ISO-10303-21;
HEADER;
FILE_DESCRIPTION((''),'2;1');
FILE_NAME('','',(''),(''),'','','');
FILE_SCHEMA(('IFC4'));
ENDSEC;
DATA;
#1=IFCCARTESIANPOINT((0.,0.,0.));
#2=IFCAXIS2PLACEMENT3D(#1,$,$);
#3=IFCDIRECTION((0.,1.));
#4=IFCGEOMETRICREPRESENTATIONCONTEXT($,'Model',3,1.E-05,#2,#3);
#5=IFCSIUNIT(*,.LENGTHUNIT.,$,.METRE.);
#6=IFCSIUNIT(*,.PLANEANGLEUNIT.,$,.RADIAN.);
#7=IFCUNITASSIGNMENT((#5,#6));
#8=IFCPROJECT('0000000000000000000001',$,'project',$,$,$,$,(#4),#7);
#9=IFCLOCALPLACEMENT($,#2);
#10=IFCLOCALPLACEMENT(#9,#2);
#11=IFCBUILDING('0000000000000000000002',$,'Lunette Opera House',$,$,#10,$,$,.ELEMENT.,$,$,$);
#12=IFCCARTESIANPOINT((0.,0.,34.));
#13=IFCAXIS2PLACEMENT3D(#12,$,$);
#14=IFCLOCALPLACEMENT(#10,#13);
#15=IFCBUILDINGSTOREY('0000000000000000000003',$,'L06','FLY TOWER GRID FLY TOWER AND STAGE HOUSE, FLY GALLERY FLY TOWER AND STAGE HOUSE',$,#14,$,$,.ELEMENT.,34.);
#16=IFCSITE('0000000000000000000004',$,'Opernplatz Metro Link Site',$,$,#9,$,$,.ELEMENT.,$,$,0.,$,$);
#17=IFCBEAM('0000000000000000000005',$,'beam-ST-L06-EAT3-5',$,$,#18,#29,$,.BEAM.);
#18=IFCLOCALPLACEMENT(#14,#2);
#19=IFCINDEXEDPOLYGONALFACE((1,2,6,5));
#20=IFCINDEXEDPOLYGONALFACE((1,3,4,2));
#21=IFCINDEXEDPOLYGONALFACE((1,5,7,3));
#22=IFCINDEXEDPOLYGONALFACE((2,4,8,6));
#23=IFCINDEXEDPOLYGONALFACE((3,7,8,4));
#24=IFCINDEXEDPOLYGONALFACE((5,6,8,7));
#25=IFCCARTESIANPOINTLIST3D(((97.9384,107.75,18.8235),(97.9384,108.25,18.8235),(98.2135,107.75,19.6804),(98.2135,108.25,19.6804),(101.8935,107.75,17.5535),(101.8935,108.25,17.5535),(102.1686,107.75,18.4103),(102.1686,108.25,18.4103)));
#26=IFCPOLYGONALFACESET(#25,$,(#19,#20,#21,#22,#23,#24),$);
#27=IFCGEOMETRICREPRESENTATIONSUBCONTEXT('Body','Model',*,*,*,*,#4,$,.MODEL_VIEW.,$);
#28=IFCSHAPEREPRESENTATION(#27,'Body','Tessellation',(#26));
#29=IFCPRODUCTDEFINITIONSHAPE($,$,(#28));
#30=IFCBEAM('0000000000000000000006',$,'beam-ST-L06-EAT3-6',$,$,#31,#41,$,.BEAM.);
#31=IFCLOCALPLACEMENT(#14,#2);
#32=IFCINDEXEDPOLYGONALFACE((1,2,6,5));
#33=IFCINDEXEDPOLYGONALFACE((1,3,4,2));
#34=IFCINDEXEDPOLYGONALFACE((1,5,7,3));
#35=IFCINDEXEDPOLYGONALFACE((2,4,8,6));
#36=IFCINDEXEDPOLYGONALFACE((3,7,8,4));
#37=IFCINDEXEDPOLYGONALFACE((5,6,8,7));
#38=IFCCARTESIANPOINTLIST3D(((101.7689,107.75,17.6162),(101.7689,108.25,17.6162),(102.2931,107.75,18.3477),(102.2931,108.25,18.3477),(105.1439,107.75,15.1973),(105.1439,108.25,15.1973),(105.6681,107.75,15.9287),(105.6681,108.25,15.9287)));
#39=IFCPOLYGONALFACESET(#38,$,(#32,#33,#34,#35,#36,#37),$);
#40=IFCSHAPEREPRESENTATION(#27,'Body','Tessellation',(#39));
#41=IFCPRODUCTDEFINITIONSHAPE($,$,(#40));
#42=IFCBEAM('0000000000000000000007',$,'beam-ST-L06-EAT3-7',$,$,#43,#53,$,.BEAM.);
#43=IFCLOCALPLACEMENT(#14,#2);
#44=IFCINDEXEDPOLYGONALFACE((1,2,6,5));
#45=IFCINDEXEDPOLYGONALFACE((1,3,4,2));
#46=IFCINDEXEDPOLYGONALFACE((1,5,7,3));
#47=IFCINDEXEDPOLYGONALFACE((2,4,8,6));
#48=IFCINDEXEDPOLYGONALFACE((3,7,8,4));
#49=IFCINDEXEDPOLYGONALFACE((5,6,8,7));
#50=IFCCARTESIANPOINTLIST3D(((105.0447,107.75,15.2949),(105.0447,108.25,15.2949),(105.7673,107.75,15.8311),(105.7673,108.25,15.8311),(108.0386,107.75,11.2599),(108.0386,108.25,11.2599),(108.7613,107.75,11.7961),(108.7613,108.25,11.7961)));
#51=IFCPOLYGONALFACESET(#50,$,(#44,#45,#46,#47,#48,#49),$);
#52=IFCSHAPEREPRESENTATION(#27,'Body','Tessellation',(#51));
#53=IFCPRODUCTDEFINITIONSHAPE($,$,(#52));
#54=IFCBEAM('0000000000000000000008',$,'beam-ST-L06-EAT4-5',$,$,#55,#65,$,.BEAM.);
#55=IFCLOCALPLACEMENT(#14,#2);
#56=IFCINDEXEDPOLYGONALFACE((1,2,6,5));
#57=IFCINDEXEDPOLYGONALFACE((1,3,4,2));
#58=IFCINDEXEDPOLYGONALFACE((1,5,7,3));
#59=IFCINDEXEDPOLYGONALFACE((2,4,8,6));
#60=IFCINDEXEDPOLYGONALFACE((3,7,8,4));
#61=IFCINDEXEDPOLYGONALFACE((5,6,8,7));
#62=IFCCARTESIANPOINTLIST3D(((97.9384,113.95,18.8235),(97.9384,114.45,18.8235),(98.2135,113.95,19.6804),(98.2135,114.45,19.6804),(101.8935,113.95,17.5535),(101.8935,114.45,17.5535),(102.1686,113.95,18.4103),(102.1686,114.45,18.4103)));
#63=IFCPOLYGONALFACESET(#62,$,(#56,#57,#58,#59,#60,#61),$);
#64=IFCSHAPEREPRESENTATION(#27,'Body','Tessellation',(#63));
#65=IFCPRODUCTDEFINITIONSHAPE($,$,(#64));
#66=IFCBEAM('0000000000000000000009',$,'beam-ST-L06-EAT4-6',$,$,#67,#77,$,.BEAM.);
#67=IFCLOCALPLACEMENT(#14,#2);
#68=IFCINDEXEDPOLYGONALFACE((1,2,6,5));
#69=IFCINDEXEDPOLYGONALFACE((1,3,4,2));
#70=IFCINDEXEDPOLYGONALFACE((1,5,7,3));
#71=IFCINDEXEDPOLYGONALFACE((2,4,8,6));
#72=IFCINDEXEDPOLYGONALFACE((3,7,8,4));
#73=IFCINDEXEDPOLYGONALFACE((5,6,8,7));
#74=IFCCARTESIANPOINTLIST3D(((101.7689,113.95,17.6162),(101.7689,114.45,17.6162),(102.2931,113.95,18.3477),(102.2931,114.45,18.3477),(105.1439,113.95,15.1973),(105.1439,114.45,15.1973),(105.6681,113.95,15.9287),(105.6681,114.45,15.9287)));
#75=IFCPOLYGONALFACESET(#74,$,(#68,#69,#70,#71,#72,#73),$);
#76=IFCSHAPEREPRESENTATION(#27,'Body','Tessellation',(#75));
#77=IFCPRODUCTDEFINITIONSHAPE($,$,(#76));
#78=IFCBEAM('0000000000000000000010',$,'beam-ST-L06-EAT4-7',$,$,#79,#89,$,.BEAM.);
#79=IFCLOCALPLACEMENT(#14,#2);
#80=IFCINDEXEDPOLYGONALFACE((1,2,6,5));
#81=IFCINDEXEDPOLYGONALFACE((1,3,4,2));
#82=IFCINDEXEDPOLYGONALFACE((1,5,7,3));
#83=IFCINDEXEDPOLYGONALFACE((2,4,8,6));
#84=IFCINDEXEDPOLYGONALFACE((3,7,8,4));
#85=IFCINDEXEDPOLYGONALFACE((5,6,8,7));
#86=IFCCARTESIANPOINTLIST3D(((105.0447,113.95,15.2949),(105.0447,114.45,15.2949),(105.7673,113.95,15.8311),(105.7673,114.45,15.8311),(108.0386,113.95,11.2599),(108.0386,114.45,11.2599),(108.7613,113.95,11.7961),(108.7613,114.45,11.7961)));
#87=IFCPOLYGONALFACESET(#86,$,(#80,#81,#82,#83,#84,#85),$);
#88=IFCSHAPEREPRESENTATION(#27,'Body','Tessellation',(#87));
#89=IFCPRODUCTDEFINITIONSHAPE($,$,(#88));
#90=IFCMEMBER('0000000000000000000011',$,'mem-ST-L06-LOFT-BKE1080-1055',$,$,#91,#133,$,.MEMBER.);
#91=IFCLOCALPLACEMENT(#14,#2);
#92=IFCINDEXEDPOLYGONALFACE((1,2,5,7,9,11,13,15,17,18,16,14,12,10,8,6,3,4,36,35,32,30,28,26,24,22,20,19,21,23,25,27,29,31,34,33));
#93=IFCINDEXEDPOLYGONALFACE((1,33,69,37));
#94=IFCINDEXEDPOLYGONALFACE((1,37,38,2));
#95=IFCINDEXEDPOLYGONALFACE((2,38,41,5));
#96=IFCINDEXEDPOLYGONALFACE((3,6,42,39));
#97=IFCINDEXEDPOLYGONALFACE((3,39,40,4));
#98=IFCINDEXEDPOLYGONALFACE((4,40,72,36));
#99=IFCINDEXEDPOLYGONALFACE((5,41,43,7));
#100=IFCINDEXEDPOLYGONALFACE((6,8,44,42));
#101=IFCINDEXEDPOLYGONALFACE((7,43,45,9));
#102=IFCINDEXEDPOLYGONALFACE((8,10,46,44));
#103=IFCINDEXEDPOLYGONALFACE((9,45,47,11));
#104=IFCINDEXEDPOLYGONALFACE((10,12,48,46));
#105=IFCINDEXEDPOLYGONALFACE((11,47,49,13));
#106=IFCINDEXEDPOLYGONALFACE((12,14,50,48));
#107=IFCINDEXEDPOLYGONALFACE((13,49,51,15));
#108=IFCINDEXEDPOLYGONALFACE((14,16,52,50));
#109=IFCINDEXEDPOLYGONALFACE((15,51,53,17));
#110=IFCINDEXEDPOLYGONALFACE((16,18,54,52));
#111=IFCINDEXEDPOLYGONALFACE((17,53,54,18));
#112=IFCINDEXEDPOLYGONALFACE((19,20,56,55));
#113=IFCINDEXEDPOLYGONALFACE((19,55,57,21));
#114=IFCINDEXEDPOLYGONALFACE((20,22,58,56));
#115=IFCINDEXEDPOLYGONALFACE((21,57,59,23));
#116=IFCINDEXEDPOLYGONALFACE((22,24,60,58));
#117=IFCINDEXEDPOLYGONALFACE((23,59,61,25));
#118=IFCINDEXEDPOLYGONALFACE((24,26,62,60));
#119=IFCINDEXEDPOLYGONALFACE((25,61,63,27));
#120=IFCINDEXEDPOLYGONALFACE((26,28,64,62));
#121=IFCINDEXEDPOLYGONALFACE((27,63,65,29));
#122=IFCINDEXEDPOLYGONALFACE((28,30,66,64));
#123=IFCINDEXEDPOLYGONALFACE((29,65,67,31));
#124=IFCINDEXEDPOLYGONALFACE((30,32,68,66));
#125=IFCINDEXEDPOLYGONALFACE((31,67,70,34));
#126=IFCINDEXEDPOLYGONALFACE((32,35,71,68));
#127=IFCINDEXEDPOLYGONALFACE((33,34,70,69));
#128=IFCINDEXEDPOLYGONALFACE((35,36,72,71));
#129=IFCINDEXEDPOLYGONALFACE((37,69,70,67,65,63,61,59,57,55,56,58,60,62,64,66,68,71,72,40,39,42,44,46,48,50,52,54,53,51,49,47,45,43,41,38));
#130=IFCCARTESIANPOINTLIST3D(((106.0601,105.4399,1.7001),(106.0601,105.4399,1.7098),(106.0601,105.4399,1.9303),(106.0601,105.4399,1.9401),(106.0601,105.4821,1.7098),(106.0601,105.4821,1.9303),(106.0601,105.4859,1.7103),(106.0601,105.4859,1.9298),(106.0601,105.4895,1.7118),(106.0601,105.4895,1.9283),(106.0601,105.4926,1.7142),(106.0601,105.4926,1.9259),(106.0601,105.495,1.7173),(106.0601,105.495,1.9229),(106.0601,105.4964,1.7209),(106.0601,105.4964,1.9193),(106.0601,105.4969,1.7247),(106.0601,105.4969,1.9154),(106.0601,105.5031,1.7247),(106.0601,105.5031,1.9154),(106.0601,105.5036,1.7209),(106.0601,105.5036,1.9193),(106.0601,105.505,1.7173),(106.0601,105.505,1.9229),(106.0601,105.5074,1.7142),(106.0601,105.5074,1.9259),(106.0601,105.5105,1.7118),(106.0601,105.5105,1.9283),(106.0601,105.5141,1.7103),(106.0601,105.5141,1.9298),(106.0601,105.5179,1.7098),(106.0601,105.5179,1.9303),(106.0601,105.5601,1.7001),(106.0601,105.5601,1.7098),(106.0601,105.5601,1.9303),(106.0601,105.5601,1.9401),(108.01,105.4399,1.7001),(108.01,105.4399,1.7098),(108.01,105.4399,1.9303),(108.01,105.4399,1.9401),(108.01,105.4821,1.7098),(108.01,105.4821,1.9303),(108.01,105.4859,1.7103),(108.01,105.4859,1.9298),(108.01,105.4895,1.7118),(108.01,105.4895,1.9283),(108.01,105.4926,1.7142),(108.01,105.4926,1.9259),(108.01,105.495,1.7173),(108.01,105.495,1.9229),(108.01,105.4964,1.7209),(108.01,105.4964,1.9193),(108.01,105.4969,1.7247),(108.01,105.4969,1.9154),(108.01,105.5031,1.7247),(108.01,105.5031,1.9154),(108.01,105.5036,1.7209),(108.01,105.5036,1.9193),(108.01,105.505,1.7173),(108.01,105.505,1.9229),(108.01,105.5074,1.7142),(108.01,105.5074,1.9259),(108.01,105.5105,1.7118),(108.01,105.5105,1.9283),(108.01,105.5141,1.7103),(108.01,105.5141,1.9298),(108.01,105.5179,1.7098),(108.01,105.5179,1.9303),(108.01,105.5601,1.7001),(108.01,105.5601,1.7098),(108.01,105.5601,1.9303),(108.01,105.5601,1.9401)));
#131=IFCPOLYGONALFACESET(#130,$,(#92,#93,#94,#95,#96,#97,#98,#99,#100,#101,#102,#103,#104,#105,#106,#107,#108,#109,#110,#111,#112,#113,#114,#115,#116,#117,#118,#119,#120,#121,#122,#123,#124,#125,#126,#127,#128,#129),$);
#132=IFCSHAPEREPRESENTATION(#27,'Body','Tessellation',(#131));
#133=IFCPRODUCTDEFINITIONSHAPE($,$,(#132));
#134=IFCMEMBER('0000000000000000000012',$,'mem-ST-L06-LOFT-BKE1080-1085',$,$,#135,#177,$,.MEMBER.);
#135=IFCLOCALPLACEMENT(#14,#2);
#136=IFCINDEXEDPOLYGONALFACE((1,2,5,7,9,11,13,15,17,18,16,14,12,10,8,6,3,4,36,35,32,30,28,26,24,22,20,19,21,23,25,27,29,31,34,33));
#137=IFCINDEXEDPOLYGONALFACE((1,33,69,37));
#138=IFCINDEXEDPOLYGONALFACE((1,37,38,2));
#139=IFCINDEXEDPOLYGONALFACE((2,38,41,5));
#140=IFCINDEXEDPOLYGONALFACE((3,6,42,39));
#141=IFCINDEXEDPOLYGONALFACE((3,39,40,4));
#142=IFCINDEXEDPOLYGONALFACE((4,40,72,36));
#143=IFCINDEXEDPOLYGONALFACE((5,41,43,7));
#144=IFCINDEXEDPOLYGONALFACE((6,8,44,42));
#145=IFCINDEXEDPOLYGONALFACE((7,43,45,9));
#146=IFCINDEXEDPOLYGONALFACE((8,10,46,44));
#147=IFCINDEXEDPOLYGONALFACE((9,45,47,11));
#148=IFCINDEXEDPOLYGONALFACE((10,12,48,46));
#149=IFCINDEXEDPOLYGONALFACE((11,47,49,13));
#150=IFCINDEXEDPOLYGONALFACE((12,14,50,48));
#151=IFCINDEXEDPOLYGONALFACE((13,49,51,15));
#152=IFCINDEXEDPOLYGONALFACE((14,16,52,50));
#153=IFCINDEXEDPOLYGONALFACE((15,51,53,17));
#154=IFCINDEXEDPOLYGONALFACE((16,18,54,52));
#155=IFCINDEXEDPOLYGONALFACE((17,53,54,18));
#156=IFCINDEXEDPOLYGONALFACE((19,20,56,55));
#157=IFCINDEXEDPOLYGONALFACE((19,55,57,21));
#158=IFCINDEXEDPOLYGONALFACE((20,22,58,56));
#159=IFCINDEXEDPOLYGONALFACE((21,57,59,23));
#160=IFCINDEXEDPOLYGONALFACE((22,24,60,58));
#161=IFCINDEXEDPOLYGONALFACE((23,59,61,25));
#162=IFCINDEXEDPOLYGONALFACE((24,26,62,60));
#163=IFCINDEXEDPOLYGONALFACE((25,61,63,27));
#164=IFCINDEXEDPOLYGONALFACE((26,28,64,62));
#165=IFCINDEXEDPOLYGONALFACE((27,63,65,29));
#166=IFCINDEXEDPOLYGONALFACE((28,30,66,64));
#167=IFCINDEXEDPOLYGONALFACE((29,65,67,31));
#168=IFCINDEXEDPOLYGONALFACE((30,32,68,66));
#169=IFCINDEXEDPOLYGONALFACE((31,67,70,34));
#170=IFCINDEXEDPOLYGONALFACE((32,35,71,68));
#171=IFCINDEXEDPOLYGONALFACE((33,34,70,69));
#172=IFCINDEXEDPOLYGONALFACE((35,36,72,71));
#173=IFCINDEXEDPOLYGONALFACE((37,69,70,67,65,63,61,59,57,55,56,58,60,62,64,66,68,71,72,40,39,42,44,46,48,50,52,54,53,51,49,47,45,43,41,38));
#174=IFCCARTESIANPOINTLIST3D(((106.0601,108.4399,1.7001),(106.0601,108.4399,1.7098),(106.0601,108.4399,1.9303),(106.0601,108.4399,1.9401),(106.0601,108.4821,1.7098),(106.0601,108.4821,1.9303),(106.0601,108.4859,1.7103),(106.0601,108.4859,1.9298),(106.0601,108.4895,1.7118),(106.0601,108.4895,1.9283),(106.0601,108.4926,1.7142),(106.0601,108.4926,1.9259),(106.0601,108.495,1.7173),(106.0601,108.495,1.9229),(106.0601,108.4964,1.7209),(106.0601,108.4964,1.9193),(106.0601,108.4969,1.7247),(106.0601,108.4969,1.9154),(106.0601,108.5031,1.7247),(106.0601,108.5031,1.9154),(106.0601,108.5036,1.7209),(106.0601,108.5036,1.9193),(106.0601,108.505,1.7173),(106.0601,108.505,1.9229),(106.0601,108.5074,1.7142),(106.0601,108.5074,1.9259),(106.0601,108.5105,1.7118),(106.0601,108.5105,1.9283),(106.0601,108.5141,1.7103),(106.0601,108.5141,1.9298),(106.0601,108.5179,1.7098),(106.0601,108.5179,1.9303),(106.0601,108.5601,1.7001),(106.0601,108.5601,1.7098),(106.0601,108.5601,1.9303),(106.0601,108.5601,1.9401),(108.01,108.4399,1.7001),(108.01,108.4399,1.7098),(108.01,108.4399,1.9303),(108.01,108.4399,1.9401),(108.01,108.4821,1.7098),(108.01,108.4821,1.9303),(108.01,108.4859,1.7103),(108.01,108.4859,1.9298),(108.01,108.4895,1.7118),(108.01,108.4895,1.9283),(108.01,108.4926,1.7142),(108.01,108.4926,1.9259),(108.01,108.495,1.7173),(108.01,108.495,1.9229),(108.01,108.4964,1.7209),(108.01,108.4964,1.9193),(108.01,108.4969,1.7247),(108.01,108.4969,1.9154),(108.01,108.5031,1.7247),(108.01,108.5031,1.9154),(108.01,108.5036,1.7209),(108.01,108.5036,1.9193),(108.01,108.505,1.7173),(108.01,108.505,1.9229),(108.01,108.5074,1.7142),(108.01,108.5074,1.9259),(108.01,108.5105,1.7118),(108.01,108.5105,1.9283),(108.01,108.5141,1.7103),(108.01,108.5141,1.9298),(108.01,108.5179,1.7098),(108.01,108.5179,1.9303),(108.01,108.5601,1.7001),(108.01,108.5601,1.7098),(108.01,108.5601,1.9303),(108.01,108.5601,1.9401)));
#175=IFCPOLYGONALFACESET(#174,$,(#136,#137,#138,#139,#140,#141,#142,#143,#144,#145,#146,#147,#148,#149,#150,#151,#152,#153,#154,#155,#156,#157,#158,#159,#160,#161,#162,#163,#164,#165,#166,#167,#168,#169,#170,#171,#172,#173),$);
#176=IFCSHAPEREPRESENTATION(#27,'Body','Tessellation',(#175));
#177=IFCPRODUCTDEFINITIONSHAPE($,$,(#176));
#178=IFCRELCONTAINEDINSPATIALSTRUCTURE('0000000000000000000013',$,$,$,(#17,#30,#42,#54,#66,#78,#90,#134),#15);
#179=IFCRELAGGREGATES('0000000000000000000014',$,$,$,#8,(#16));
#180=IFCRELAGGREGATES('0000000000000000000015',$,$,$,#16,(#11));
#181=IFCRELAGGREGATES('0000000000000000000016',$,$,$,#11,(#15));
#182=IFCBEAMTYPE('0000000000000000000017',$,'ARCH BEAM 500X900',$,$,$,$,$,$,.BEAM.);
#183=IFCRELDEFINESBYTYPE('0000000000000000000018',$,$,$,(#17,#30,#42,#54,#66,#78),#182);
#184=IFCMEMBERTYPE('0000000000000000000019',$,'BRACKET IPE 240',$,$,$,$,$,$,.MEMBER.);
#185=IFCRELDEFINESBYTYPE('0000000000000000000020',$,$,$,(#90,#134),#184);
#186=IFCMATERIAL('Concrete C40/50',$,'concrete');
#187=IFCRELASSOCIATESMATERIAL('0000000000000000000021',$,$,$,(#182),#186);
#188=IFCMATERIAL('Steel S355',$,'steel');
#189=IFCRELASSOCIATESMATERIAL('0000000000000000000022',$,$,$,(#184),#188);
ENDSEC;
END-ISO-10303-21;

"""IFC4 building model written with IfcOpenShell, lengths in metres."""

from ifc_helpers import new_model, si_unit, direction, frame, origin, origin_2d, place, context, subcontext, project, spatial, rectangle, i_section, extrude, material, material_profile, profile_set, type_object, element, save


model = new_model("IFC4")

# Units and contexts
model_context = context("Model", 3, precision=1e-05, world=origin(), true_north=direction((0.0, 1.0)))
body_context = subcontext(model_context, "Body", "Model", "MODEL_VIEW")
ifc_project = project(units=[si_unit("LENGTHUNIT", "METRE"), si_unit("PLANEANGLEUNIT", "RADIAN")], contexts=[model_context])

# Site, building, storey
site_placement = place(None, origin())
site = spatial("IfcSite", under=ifc_project, at=site_placement, Name="Opernplatz Metro Link Site", CompositionType="ELEMENT", RefElevation=0.0)
building_placement = place(site_placement, origin())
building = spatial("IfcBuilding", under=site, at=building_placement, Name="Lunette Opera House", CompositionType="ELEMENT")
storey_placement = place(building_placement, frame((0.0, 0.0, 34.0)))
storey = spatial("IfcBuildingStorey", under=building, at=storey_placement, Name="L06", Description="FLY TOWER GRID FLY TOWER AND STAGE HOUSE, FLY GALLERY FLY TOWER AND STAGE HOUSE", CompositionType="ELEMENT", Elevation=34.0)

# Beams
ifc_material_1 = material(Name="Concrete C40/50", Category="concrete")
ifc_material_profile_1 = material_profile(ifc_material_1, rectangle(XDim=0.5, YDim=0.8999, at=origin_2d()), Name="ARCH BEAM 500X900")
ifc_profile_set_1 = profile_set([ifc_material_profile_1], Name="Concrete C40/50")
beam_type = type_object("IfcBeamType", Name="ARCH BEAM 500X900", PredefinedType="BEAM", material=ifc_profile_set_1)
beam_1_placement = place(storey_placement, frame((98.0759, 108.0, 19.252), z_axis=(0.952117, 0.0, -0.305735), x_axis=(0.0, 1.0, 0.0)))
element("IfcBeam", 1, at=beam_1_placement, inside=storey, type_object=beam_type, Name="beam-ST-L06-EAT3-5", PredefinedType="BEAM", context=body_context, shape_type="SweptSolid", body=[
    extrude(rectangle(XDim=0.5, YDim=0.8999, at=origin_2d()), origin(), (0.0, 0.0, 1.0), 4.1541),
])
beam_2_placement = place(storey_placement, frame((102.031, 108.0, 17.9819), z_axis=(0.812795, 0.0, -0.58255), x_axis=(0.0, 1.0, 0.0)))
element("IfcBeam", 2, at=beam_2_placement, inside=storey, type_object=beam_type, Name="beam-ST-L06-EAT3-6", PredefinedType="BEAM", context=body_context, shape_type="SweptSolid", body=[
    extrude(rectangle(XDim=0.5, YDim=0.8999, at=origin_2d()), origin(), (0.0, 0.0, 1.0), 4.1523),
])
beam_3_placement = place(storey_placement, frame((105.406, 108.0, 15.563), z_axis=(0.595879, 0.0, -0.803074), x_axis=(0.0, 1.0, 0.0)))
element("IfcBeam", 3, at=beam_3_placement, inside=storey, type_object=beam_type, Name="beam-ST-L06-EAT3-7", PredefinedType="BEAM", context=body_context, shape_type="SweptSolid", body=[
    extrude(rectangle(XDim=0.5, YDim=0.8999, at=origin_2d()), origin(), (0.0, 0.0, 1.0), 5.0244),
])
beam_4_placement = place(storey_placement, frame((98.0759, 114.2, 19.252), z_axis=(0.952117, 0.0, -0.305735), x_axis=(0.0, 1.0, 0.0)))
element("IfcBeam", 4, at=beam_4_placement, inside=storey, type_object=beam_type, Name="beam-ST-L06-EAT4-5", PredefinedType="BEAM", context=body_context, shape_type="SweptSolid", body=[
    extrude(rectangle(XDim=0.5, YDim=0.8999, at=origin_2d()), origin(), (0.0, 0.0, 1.0), 4.1541),
])
beam_5_placement = place(storey_placement, frame((102.031, 114.2, 17.9819), z_axis=(0.812795, 0.0, -0.58255), x_axis=(0.0, 1.0, 0.0)))
element("IfcBeam", 5, at=beam_5_placement, inside=storey, type_object=beam_type, Name="beam-ST-L06-EAT4-6", PredefinedType="BEAM", context=body_context, shape_type="SweptSolid", body=[
    extrude(rectangle(XDim=0.5, YDim=0.8999, at=origin_2d()), origin(), (0.0, 0.0, 1.0), 4.1523),
])
beam_6_placement = place(storey_placement, frame((105.406, 114.2, 15.563), z_axis=(0.595879, 0.0, -0.803074), x_axis=(0.0, 1.0, 0.0)))
element("IfcBeam", 6, at=beam_6_placement, inside=storey, type_object=beam_type, Name="beam-ST-L06-EAT4-7", PredefinedType="BEAM", context=body_context, shape_type="SweptSolid", body=[
    extrude(rectangle(XDim=0.5, YDim=0.8999, at=origin_2d()), origin(), (0.0, 0.0, 1.0), 5.0244),
])

# Members
ifc_material_2 = material(Name="Steel S355", Category="steel")
ifc_material_profile_2 = material_profile(ifc_material_2, i_section(OverallWidth=0.1201, OverallDepth=0.24, WebThickness=0.0061, FlangeThickness=0.0098, FilletRadius=0.0149, at=origin_2d()), Name="IPE 240")
ifc_profile_set_2 = profile_set([ifc_material_profile_2], Name="Steel S355")
member_type_1 = type_object("IfcMemberType", Name="BRACKET IPE 240", PredefinedType="MEMBER", material=ifc_profile_set_2)
for number, where, z_axis, x_axis, name in (
    (7, (108.01, 105.5, 1.8201), (-1.0, 0.0, 0.0), (0.0, -1.0, 0.0), "mem-ST-L06-LOFT-BKE1080-1055"),
    (8, (108.01, 108.5, 1.8201), (-1.0, 0.0, 0.0), (0.0, -1.0, 0.0), "mem-ST-L06-LOFT-BKE1080-1085"),
):
    element("IfcMember", number, at=place(storey_placement, frame(where, z_axis=z_axis, x_axis=x_axis)), inside=storey, type_object=member_type_1, Name=name, PredefinedType="MEMBER", context=body_context, shape_type="SweptSolid", body=[
        extrude(i_section(OverallWidth=0.1201, OverallDepth=0.24, WebThickness=0.0061, FlangeThickness=0.0098, FilletRadius=0.0149, at=origin_2d()), origin(), (0.0, 0.0, 1.0), 1.95),
    ])

save(model, "model.ifc")
